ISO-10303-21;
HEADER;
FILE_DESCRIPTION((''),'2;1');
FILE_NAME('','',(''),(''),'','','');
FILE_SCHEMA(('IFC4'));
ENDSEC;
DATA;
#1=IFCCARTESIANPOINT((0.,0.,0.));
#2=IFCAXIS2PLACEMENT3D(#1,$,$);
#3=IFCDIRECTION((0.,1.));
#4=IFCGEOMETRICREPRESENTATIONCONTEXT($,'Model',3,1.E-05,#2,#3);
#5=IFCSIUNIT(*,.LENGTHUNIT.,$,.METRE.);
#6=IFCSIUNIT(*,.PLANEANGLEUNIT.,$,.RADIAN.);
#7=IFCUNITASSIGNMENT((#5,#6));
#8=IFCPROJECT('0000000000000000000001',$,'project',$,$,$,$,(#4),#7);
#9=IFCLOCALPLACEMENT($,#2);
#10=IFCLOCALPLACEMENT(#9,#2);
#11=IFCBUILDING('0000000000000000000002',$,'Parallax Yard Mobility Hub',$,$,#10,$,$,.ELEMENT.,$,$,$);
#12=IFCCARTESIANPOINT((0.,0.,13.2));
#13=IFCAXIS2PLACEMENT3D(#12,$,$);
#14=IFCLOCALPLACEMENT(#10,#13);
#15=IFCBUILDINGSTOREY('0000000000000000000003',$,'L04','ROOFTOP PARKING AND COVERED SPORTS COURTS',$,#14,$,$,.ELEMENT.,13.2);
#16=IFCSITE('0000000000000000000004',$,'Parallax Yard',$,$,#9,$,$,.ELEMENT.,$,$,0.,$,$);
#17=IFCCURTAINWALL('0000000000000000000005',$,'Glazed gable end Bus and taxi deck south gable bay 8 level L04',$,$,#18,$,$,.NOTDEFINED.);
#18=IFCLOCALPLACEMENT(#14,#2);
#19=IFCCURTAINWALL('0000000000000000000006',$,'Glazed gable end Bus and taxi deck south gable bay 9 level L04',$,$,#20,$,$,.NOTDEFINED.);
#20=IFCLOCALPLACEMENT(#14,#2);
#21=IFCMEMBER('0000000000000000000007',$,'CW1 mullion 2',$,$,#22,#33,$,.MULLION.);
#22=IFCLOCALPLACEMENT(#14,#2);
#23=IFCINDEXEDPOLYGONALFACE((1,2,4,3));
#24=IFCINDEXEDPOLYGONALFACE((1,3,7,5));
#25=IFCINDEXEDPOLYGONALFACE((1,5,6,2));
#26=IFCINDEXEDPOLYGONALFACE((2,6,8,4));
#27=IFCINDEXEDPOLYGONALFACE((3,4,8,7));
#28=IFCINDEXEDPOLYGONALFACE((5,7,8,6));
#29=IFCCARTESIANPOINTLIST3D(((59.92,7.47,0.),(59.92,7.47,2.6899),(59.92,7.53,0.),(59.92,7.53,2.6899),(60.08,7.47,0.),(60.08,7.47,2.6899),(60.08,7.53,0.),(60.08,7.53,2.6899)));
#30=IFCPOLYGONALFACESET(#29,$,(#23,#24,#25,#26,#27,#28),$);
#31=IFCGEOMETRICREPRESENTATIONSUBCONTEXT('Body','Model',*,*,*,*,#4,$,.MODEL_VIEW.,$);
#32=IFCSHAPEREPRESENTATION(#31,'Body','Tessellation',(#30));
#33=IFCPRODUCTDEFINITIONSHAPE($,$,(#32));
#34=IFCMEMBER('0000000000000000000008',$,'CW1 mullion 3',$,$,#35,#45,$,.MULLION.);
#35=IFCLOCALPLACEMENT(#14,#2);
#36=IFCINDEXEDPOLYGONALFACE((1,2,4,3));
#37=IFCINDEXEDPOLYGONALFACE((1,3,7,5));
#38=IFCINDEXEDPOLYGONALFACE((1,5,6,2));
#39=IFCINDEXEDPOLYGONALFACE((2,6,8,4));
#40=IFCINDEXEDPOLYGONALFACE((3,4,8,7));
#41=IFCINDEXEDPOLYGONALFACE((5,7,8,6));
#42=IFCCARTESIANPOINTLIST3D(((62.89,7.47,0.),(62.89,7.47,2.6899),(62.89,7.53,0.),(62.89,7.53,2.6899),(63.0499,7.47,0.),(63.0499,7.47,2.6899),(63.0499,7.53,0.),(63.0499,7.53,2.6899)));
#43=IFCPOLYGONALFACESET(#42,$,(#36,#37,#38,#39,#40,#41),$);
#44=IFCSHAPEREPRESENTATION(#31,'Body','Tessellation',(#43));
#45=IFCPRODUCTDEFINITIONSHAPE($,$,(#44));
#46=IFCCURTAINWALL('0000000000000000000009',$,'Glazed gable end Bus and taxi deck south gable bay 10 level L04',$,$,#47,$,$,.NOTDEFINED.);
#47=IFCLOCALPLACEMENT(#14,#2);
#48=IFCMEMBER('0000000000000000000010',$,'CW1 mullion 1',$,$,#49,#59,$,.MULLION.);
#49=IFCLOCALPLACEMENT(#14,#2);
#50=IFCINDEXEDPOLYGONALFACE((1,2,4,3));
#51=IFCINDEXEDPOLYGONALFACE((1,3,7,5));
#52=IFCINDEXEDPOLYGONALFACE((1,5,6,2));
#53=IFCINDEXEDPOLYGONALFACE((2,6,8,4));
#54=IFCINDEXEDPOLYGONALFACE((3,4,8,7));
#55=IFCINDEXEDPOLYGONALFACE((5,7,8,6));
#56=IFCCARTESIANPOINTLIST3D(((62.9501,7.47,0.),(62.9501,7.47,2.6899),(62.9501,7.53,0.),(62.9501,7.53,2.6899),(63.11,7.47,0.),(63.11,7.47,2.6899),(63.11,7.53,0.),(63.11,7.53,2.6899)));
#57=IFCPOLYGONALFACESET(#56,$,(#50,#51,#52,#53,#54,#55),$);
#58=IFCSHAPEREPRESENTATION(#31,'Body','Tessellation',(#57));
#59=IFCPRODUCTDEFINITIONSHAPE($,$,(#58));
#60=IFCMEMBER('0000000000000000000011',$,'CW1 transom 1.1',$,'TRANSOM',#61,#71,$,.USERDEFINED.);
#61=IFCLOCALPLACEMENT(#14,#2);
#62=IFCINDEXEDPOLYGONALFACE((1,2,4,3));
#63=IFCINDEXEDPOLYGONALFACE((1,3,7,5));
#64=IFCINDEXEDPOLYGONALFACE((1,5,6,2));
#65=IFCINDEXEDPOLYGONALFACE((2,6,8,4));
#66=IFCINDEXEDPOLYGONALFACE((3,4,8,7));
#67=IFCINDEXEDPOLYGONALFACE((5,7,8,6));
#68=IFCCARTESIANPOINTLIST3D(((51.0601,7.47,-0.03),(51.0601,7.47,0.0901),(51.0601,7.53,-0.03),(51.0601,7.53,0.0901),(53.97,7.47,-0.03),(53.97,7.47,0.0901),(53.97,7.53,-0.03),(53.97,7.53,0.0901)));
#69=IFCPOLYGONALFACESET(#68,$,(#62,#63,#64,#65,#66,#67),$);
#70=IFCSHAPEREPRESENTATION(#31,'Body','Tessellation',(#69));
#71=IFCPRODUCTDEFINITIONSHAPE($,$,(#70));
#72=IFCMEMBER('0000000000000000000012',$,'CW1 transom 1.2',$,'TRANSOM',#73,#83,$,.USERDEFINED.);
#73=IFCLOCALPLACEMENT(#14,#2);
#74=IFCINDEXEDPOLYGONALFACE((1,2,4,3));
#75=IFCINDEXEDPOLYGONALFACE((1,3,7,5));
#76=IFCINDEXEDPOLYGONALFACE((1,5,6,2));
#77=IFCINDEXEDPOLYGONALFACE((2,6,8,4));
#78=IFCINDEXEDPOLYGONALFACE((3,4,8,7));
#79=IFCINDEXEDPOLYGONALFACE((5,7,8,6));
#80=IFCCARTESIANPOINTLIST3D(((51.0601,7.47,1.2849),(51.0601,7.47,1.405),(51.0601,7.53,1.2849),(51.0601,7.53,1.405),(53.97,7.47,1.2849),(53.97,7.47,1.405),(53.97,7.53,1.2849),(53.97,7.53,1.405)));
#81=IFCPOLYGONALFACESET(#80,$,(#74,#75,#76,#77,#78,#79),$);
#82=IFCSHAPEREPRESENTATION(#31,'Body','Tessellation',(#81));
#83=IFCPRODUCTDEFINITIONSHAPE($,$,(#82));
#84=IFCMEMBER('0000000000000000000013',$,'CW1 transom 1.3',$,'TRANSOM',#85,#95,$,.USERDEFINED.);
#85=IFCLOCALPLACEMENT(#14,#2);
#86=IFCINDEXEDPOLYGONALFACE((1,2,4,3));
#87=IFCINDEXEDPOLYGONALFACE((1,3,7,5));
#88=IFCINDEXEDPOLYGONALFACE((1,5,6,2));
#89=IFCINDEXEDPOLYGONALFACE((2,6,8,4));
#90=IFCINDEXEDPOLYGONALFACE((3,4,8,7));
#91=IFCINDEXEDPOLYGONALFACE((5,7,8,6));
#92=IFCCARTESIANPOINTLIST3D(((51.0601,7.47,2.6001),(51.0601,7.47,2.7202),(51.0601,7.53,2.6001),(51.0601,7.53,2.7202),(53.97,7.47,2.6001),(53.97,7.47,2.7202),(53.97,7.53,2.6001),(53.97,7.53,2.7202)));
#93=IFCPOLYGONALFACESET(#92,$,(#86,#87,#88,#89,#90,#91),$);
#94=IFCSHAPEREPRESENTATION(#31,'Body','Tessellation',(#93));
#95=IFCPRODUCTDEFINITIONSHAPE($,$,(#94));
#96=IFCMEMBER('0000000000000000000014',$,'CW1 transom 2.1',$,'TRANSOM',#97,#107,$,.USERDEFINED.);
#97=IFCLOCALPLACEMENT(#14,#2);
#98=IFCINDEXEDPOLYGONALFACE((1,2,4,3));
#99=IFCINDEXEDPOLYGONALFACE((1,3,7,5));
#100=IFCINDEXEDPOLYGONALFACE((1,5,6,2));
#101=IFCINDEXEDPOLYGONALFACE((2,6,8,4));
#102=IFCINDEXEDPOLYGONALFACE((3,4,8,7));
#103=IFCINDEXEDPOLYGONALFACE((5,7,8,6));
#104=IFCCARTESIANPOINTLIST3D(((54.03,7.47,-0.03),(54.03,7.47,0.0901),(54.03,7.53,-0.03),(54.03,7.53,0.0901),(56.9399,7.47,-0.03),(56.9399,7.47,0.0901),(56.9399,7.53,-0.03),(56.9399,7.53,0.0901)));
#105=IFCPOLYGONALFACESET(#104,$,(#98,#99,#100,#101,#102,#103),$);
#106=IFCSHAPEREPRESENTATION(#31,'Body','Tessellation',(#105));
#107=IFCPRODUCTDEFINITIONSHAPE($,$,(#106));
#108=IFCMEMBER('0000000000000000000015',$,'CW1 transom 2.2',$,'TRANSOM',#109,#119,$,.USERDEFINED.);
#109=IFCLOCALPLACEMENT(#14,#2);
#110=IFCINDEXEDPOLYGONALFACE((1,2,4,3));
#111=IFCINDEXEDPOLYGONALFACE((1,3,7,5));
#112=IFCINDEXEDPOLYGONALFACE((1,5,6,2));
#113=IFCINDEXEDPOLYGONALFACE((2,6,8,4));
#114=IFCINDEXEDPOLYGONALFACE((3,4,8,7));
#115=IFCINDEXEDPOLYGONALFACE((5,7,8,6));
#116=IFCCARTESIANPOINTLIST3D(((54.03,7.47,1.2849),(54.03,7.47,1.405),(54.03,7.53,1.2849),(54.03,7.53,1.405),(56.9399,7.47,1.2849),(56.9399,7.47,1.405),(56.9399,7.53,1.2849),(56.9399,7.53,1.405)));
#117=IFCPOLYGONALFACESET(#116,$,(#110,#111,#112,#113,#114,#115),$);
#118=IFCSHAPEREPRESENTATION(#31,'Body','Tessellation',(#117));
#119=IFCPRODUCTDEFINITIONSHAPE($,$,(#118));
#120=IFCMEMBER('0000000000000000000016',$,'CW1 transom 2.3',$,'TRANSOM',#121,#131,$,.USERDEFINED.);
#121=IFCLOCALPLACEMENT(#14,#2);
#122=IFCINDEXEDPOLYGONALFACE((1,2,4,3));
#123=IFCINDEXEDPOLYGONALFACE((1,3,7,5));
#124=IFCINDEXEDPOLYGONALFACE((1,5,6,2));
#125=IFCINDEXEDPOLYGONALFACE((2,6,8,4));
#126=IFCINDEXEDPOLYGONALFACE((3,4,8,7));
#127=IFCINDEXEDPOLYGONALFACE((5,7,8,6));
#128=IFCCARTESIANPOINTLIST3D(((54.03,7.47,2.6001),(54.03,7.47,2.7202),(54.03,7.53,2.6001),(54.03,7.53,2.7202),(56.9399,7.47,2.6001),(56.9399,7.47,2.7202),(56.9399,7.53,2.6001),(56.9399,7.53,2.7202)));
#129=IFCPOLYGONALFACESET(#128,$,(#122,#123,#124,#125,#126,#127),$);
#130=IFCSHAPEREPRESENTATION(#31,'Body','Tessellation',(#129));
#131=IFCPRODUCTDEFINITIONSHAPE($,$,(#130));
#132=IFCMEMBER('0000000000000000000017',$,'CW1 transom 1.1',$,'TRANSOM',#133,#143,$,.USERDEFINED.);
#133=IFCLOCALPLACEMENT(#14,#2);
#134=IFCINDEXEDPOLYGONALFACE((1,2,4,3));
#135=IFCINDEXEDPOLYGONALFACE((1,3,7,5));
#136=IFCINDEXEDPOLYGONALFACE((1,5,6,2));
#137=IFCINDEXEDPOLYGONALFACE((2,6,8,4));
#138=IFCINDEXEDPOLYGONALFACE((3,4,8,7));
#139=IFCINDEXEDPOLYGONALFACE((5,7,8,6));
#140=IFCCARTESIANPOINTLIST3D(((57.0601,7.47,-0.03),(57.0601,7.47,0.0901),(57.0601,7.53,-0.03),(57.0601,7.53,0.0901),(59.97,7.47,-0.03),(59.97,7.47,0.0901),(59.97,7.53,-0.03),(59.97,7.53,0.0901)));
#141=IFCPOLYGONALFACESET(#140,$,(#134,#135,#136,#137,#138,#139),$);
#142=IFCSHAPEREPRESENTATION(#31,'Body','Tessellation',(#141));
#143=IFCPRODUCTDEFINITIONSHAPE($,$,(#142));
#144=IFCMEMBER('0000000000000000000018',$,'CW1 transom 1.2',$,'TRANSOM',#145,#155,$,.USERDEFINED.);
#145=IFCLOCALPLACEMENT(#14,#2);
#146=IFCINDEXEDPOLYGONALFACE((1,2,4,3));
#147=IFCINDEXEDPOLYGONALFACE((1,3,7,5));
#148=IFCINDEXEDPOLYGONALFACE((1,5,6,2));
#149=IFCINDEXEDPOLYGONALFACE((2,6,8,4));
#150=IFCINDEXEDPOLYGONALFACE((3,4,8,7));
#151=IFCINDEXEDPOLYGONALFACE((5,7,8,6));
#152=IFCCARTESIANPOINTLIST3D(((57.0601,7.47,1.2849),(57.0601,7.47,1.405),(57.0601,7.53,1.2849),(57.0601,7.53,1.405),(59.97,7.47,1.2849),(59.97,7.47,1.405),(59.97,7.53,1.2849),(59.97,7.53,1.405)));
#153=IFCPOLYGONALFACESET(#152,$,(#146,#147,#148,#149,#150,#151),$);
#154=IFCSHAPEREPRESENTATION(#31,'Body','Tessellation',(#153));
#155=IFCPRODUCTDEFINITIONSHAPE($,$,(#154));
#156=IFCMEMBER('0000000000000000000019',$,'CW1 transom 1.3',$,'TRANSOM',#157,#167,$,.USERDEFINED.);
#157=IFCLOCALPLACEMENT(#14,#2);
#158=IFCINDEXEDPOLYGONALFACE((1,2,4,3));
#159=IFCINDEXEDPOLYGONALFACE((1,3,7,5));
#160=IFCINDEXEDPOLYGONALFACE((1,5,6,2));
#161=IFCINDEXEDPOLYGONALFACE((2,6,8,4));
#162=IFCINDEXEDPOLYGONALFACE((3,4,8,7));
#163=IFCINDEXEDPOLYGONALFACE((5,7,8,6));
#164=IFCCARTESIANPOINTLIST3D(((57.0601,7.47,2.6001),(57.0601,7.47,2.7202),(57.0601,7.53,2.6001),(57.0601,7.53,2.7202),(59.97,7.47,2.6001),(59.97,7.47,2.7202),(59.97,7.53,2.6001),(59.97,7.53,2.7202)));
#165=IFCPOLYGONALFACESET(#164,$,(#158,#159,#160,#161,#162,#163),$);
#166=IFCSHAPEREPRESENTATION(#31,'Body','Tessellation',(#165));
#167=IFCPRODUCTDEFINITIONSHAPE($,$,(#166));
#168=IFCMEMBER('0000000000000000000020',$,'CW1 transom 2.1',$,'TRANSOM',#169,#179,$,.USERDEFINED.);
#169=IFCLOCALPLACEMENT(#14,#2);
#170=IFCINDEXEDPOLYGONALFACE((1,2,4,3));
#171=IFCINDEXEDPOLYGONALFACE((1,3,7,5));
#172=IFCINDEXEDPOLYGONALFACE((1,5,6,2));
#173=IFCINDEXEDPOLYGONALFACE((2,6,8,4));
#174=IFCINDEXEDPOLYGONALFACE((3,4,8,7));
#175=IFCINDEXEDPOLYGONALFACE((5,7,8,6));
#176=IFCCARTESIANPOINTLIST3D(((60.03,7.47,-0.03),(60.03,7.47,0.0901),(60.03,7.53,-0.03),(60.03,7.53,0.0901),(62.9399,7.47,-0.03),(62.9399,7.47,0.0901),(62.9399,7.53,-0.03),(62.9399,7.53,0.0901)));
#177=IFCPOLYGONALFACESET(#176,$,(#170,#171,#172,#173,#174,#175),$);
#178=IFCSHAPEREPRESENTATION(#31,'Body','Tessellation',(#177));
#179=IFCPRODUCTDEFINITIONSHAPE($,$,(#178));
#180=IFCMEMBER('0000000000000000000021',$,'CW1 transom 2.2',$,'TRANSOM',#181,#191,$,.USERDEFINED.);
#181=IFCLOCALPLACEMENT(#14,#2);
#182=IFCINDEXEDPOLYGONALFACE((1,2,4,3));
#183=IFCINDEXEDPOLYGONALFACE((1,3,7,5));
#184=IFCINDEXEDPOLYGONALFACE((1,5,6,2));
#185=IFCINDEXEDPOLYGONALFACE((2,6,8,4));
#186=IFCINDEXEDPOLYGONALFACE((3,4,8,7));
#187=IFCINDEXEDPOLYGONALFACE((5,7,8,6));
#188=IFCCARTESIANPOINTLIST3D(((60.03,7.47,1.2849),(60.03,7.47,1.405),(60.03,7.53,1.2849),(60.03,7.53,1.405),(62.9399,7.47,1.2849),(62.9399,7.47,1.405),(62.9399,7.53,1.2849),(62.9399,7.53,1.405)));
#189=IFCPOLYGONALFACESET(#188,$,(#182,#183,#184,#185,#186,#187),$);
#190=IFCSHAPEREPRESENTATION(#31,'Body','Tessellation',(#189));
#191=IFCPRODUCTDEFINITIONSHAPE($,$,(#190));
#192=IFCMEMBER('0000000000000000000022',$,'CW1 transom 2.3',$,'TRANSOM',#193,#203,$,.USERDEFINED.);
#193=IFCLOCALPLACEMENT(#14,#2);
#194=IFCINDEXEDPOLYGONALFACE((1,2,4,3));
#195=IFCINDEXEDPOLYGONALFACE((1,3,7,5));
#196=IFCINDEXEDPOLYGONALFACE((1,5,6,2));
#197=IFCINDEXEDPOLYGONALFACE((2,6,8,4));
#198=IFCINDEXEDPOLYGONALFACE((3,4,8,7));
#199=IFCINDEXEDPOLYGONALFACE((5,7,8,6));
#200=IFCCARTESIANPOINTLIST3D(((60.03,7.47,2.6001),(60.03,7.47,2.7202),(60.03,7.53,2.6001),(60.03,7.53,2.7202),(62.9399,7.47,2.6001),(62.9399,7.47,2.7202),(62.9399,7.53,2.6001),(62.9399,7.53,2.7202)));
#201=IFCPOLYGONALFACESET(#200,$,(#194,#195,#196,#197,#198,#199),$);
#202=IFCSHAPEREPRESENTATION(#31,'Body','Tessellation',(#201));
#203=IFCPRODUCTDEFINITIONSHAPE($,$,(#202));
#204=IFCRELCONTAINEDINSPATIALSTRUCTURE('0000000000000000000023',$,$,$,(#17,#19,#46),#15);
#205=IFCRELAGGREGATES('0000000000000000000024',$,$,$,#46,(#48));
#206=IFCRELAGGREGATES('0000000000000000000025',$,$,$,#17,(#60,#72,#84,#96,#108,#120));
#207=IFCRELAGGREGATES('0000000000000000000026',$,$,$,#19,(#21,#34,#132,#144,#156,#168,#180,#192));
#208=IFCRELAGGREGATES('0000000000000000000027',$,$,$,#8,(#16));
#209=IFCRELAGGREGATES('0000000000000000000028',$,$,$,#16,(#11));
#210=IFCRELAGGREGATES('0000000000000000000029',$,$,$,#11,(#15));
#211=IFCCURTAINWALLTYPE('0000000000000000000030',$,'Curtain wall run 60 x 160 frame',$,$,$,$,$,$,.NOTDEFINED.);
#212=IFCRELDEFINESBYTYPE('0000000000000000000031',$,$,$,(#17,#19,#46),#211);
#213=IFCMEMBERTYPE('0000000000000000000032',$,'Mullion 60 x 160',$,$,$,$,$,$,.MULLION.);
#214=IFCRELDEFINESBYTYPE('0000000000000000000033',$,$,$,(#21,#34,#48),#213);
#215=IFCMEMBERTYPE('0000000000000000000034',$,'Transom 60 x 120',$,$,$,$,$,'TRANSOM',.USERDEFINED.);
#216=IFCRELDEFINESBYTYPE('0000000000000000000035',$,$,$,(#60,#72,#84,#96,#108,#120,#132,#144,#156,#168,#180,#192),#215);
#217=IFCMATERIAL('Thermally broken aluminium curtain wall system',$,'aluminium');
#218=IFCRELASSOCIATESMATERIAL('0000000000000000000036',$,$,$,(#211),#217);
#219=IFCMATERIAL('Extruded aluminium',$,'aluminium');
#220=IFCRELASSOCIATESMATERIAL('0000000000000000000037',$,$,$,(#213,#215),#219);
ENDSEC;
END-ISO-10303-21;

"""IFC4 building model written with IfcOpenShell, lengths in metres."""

from ifc_helpers import new_model, si_unit, direction, frame, origin, origin_2d, place, context, subcontext, project, spatial, rectangle, extrude, material, material_profile, profile_set, type_object, element, aggregate, save


model = new_model("IFC4")

# Units and contexts
model_context = context("Model", 3, precision=1e-05, world=origin(), true_north=direction((0.0, 1.0)))
body_context = subcontext(model_context, "Body", "Model", "MODEL_VIEW")
ifc_project = project(units=[si_unit("LENGTHUNIT", "METRE"), si_unit("PLANEANGLEUNIT", "RADIAN")], contexts=[model_context])

# Site, building, storey
site_placement = place(None, origin())
site = spatial("IfcSite", under=ifc_project, at=site_placement, Name="Parallax Yard", CompositionType="ELEMENT", RefElevation=0.0)
building_placement = place(site_placement, origin())
building = spatial("IfcBuilding", under=site, at=building_placement, Name="Parallax Yard Mobility Hub", CompositionType="ELEMENT")
storey_placement = place(building_placement, frame((0.0, 0.0, 13.2)))
storey = spatial("IfcBuildingStorey", under=building, at=storey_placement, Name="L04", Description="ROOFTOP PARKING AND COVERED SPORTS COURTS", CompositionType="ELEMENT", Elevation=13.2)

# Curtain walls, members
ifc_material_1 = material(Name="Thermally broken aluminium curtain wall system", Category="aluminium")
curtain_wall_type = type_object("IfcCurtainWallType", Name="Curtain wall run 60 x 160 frame", PredefinedType="NOTDEFINED", material=ifc_material_1)
curtain_wall_1_placement = place(storey_placement, origin())
curtain_wall_1 = element("IfcCurtainWall", 1, at=curtain_wall_1_placement, inside=storey, type_object=curtain_wall_type, Name="Glazed gable end Bus and taxi deck south gable bay 8 level L04", PredefinedType="NOTDEFINED")
ifc_material_2 = material(Name="Extruded aluminium", Category="aluminium")
ifc_material_profile_1 = material_profile(ifc_material_2, rectangle(XDim=0.0601, YDim=0.1599, at=origin_2d()), Name="Mullion 60 x 160")
ifc_profile_set_1 = profile_set([ifc_material_profile_1], Name="Extruded aluminium")
member_type_1 = type_object("IfcMemberType", Name="Mullion 60 x 160", PredefinedType="MULLION", material=ifc_profile_set_1)
curtain_wall_2_placement = place(storey_placement, origin())
curtain_wall_2 = element("IfcCurtainWall", 2, at=curtain_wall_2_placement, inside=storey, type_object=curtain_wall_type, Name="Glazed gable end Bus and taxi deck south gable bay 9 level L04", PredefinedType="NOTDEFINED")
member_1_placement = place(storey_placement, frame((60.0, 7.5, 0.0), z_axis=(0.0, 0.0, 1.0), x_axis=(0.0, 1.0, 0.0)))
member_1 = element("IfcMember", 3, at=member_1_placement, type_object=member_type_1, Name="CW1 mullion 2", PredefinedType="MULLION", context=body_context, shape_type="SweptSolid", body=[
    extrude(rectangle(XDim=0.0601, YDim=0.1599, at=origin_2d()), origin(), (0.0, 0.0, 1.0), 2.6899),
])
member_2_placement = place(storey_placement, frame((62.97, 7.5, 0.0), z_axis=(0.0, 0.0, 1.0), x_axis=(0.0, 1.0, 0.0)))
member_2 = element("IfcMember", 4, at=member_2_placement, type_object=member_type_1, Name="CW1 mullion 3", PredefinedType="MULLION", context=body_context, shape_type="SweptSolid", body=[
    extrude(rectangle(XDim=0.0601, YDim=0.1599, at=origin_2d()), origin(), (0.0, 0.0, 1.0), 2.6899),
])

# Curtain wall, member
curtain_wall_3_placement = place(storey_placement, origin())
curtain_wall_3 = element("IfcCurtainWall", 5, at=curtain_wall_3_placement, inside=storey, type_object=curtain_wall_type, Name="Glazed gable end Bus and taxi deck south gable bay 10 level L04", PredefinedType="NOTDEFINED")
member_3_placement = place(storey_placement, frame((63.03, 7.5, 0.0), z_axis=(0.0, 0.0, 1.0), x_axis=(0.0, 1.0, 0.0)))
member_3 = element("IfcMember", 6, at=member_3_placement, type_object=member_type_1, Name="CW1 mullion 1", PredefinedType="MULLION", context=body_context, shape_type="SweptSolid", body=[
    extrude(rectangle(XDim=0.0601, YDim=0.1599, at=origin_2d()), origin(), (0.0, 0.0, 1.0), 2.6899),
])

# Members
ifc_material_profile_2 = material_profile(ifc_material_2, rectangle(XDim=0.0601, YDim=0.1201, at=origin_2d()), Name="Transom 60 x 120")
ifc_profile_set_2 = profile_set([ifc_material_profile_2], Name="Extruded aluminium")
member_type_2 = type_object("IfcMemberType", Name="Transom 60 x 120", ElementType="TRANSOM", PredefinedType="USERDEFINED", material=ifc_profile_set_2)
member_4_placement = place(storey_placement, frame((51.0601, 7.5, 0.03), z_axis=(1.0, 0.0, 0.0), x_axis=(0.0, 1.0, 0.0)))
member_4 = element("IfcMember", 7, at=member_4_placement, type_object=member_type_2, Name="CW1 transom 1.1", ObjectType="TRANSOM", PredefinedType="USERDEFINED", context=body_context, shape_type="SweptSolid", body=[
    extrude(rectangle(XDim=0.0601, YDim=0.1201, at=origin_2d()), origin(), (0.0, 0.0, 1.0), 2.9099),
])
member_5_placement = place(storey_placement, frame((51.0601, 7.5, 1.345), z_axis=(1.0, 0.0, 0.0), x_axis=(0.0, 1.0, 0.0)))
member_5 = element("IfcMember", 8, at=member_5_placement, type_object=member_type_2, Name="CW1 transom 1.2", ObjectType="TRANSOM", PredefinedType="USERDEFINED", context=body_context, shape_type="SweptSolid", body=[
    extrude(rectangle(XDim=0.0601, YDim=0.1201, at=origin_2d()), origin(), (0.0, 0.0, 1.0), 2.9099),
])
member_6_placement = place(storey_placement, frame((51.0601, 7.5, 2.6602), z_axis=(1.0, 0.0, 0.0), x_axis=(0.0, 1.0, 0.0)))
member_6 = element("IfcMember", 9, at=member_6_placement, type_object=member_type_2, Name="CW1 transom 1.3", ObjectType="TRANSOM", PredefinedType="USERDEFINED", context=body_context, shape_type="SweptSolid", body=[
    extrude(rectangle(XDim=0.0601, YDim=0.1201, at=origin_2d()), origin(), (0.0, 0.0, 1.0), 2.9099),
])
member_7_placement = place(storey_placement, frame((54.03, 7.5, 0.03), z_axis=(1.0, 0.0, 0.0), x_axis=(0.0, 1.0, 0.0)))
member_7 = element("IfcMember", 10, at=member_7_placement, type_object=member_type_2, Name="CW1 transom 2.1", ObjectType="TRANSOM", PredefinedType="USERDEFINED", context=body_context, shape_type="SweptSolid", body=[
    extrude(rectangle(XDim=0.0601, YDim=0.1201, at=origin_2d()), origin(), (0.0, 0.0, 1.0), 2.9099),
])
member_8_placement = place(storey_placement, frame((54.03, 7.5, 1.345), z_axis=(1.0, 0.0, 0.0), x_axis=(0.0, 1.0, 0.0)))
member_8 = element("IfcMember", 11, at=member_8_placement, type_object=member_type_2, Name="CW1 transom 2.2", ObjectType="TRANSOM", PredefinedType="USERDEFINED", context=body_context, shape_type="SweptSolid", body=[
    extrude(rectangle(XDim=0.0601, YDim=0.1201, at=origin_2d()), origin(), (0.0, 0.0, 1.0), 2.9099),
])
member_9_placement = place(storey_placement, frame((54.03, 7.5, 2.6602), z_axis=(1.0, 0.0, 0.0), x_axis=(0.0, 1.0, 0.0)))
member_9 = element("IfcMember", 12, at=member_9_placement, type_object=member_type_2, Name="CW1 transom 2.3", ObjectType="TRANSOM", PredefinedType="USERDEFINED", context=body_context, shape_type="SweptSolid", body=[
    extrude(rectangle(XDim=0.0601, YDim=0.1201, at=origin_2d()), origin(), (0.0, 0.0, 1.0), 2.9099),
])
member_10_placement = place(storey_placement, frame((57.0601, 7.5, 0.03), z_axis=(1.0, 0.0, 0.0), x_axis=(0.0, 1.0, 0.0)))
member_10 = element("IfcMember", 13, at=member_10_placement, type_object=member_type_2, Name="CW1 transom 1.1", ObjectType="TRANSOM", PredefinedType="USERDEFINED", context=body_context, shape_type="SweptSolid", body=[
    extrude(rectangle(XDim=0.0601, YDim=0.1201, at=origin_2d()), origin(), (0.0, 0.0, 1.0), 2.9099),
])
member_11_placement = place(storey_placement, frame((57.0601, 7.5, 1.345), z_axis=(1.0, 0.0, 0.0), x_axis=(0.0, 1.0, 0.0)))
member_11 = element("IfcMember", 14, at=member_11_placement, type_object=member_type_2, Name="CW1 transom 1.2", ObjectType="TRANSOM", PredefinedType="USERDEFINED", context=body_context, shape_type="SweptSolid", body=[
    extrude(rectangle(XDim=0.0601, YDim=0.1201, at=origin_2d()), origin(), (0.0, 0.0, 1.0), 2.9099),
])
member_12_placement = place(storey_placement, frame((57.0601, 7.5, 2.6602), z_axis=(1.0, 0.0, 0.0), x_axis=(0.0, 1.0, 0.0)))
member_12 = element("IfcMember", 15, at=member_12_placement, type_object=member_type_2, Name="CW1 transom 1.3", ObjectType="TRANSOM", PredefinedType="USERDEFINED", context=body_context, shape_type="SweptSolid", body=[
    extrude(rectangle(XDim=0.0601, YDim=0.1201, at=origin_2d()), origin(), (0.0, 0.0, 1.0), 2.9099),
])
member_13_placement = place(storey_placement, frame((60.03, 7.5, 0.03), z_axis=(1.0, 0.0, 0.0), x_axis=(0.0, 1.0, 0.0)))
member_13 = element("IfcMember", 16, at=member_13_placement, type_object=member_type_2, Name="CW1 transom 2.1", ObjectType="TRANSOM", PredefinedType="USERDEFINED", context=body_context, shape_type="SweptSolid", body=[
    extrude(rectangle(XDim=0.0601, YDim=0.1201, at=origin_2d()), origin(), (0.0, 0.0, 1.0), 2.9099),
])
member_14_placement = place(storey_placement, frame((60.03, 7.5, 1.345), z_axis=(1.0, 0.0, 0.0), x_axis=(0.0, 1.0, 0.0)))
member_14 = element("IfcMember", 17, at=member_14_placement, type_object=member_type_2, Name="CW1 transom 2.2", ObjectType="TRANSOM", PredefinedType="USERDEFINED", context=body_context, shape_type="SweptSolid", body=[
    extrude(rectangle(XDim=0.0601, YDim=0.1201, at=origin_2d()), origin(), (0.0, 0.0, 1.0), 2.9099),
])
member_15_placement = place(storey_placement, frame((60.03, 7.5, 2.6602), z_axis=(1.0, 0.0, 0.0), x_axis=(0.0, 1.0, 0.0)))
member_15 = element("IfcMember", 18, at=member_15_placement, type_object=member_type_2, Name="CW1 transom 2.3", ObjectType="TRANSOM", PredefinedType="USERDEFINED", context=body_context, shape_type="SweptSolid", body=[
    extrude(rectangle(XDim=0.0601, YDim=0.1201, at=origin_2d()), origin(), (0.0, 0.0, 1.0), 2.9099),
])
aggregate(curtain_wall_3, [member_3])

aggregate(curtain_wall_1, [member_4, member_5, member_6, member_7, member_8, member_9])
aggregate(curtain_wall_2, [member_1, member_2, member_10, member_11, member_12, member_13, member_14, member_15])

save(model, "model.ifc")
